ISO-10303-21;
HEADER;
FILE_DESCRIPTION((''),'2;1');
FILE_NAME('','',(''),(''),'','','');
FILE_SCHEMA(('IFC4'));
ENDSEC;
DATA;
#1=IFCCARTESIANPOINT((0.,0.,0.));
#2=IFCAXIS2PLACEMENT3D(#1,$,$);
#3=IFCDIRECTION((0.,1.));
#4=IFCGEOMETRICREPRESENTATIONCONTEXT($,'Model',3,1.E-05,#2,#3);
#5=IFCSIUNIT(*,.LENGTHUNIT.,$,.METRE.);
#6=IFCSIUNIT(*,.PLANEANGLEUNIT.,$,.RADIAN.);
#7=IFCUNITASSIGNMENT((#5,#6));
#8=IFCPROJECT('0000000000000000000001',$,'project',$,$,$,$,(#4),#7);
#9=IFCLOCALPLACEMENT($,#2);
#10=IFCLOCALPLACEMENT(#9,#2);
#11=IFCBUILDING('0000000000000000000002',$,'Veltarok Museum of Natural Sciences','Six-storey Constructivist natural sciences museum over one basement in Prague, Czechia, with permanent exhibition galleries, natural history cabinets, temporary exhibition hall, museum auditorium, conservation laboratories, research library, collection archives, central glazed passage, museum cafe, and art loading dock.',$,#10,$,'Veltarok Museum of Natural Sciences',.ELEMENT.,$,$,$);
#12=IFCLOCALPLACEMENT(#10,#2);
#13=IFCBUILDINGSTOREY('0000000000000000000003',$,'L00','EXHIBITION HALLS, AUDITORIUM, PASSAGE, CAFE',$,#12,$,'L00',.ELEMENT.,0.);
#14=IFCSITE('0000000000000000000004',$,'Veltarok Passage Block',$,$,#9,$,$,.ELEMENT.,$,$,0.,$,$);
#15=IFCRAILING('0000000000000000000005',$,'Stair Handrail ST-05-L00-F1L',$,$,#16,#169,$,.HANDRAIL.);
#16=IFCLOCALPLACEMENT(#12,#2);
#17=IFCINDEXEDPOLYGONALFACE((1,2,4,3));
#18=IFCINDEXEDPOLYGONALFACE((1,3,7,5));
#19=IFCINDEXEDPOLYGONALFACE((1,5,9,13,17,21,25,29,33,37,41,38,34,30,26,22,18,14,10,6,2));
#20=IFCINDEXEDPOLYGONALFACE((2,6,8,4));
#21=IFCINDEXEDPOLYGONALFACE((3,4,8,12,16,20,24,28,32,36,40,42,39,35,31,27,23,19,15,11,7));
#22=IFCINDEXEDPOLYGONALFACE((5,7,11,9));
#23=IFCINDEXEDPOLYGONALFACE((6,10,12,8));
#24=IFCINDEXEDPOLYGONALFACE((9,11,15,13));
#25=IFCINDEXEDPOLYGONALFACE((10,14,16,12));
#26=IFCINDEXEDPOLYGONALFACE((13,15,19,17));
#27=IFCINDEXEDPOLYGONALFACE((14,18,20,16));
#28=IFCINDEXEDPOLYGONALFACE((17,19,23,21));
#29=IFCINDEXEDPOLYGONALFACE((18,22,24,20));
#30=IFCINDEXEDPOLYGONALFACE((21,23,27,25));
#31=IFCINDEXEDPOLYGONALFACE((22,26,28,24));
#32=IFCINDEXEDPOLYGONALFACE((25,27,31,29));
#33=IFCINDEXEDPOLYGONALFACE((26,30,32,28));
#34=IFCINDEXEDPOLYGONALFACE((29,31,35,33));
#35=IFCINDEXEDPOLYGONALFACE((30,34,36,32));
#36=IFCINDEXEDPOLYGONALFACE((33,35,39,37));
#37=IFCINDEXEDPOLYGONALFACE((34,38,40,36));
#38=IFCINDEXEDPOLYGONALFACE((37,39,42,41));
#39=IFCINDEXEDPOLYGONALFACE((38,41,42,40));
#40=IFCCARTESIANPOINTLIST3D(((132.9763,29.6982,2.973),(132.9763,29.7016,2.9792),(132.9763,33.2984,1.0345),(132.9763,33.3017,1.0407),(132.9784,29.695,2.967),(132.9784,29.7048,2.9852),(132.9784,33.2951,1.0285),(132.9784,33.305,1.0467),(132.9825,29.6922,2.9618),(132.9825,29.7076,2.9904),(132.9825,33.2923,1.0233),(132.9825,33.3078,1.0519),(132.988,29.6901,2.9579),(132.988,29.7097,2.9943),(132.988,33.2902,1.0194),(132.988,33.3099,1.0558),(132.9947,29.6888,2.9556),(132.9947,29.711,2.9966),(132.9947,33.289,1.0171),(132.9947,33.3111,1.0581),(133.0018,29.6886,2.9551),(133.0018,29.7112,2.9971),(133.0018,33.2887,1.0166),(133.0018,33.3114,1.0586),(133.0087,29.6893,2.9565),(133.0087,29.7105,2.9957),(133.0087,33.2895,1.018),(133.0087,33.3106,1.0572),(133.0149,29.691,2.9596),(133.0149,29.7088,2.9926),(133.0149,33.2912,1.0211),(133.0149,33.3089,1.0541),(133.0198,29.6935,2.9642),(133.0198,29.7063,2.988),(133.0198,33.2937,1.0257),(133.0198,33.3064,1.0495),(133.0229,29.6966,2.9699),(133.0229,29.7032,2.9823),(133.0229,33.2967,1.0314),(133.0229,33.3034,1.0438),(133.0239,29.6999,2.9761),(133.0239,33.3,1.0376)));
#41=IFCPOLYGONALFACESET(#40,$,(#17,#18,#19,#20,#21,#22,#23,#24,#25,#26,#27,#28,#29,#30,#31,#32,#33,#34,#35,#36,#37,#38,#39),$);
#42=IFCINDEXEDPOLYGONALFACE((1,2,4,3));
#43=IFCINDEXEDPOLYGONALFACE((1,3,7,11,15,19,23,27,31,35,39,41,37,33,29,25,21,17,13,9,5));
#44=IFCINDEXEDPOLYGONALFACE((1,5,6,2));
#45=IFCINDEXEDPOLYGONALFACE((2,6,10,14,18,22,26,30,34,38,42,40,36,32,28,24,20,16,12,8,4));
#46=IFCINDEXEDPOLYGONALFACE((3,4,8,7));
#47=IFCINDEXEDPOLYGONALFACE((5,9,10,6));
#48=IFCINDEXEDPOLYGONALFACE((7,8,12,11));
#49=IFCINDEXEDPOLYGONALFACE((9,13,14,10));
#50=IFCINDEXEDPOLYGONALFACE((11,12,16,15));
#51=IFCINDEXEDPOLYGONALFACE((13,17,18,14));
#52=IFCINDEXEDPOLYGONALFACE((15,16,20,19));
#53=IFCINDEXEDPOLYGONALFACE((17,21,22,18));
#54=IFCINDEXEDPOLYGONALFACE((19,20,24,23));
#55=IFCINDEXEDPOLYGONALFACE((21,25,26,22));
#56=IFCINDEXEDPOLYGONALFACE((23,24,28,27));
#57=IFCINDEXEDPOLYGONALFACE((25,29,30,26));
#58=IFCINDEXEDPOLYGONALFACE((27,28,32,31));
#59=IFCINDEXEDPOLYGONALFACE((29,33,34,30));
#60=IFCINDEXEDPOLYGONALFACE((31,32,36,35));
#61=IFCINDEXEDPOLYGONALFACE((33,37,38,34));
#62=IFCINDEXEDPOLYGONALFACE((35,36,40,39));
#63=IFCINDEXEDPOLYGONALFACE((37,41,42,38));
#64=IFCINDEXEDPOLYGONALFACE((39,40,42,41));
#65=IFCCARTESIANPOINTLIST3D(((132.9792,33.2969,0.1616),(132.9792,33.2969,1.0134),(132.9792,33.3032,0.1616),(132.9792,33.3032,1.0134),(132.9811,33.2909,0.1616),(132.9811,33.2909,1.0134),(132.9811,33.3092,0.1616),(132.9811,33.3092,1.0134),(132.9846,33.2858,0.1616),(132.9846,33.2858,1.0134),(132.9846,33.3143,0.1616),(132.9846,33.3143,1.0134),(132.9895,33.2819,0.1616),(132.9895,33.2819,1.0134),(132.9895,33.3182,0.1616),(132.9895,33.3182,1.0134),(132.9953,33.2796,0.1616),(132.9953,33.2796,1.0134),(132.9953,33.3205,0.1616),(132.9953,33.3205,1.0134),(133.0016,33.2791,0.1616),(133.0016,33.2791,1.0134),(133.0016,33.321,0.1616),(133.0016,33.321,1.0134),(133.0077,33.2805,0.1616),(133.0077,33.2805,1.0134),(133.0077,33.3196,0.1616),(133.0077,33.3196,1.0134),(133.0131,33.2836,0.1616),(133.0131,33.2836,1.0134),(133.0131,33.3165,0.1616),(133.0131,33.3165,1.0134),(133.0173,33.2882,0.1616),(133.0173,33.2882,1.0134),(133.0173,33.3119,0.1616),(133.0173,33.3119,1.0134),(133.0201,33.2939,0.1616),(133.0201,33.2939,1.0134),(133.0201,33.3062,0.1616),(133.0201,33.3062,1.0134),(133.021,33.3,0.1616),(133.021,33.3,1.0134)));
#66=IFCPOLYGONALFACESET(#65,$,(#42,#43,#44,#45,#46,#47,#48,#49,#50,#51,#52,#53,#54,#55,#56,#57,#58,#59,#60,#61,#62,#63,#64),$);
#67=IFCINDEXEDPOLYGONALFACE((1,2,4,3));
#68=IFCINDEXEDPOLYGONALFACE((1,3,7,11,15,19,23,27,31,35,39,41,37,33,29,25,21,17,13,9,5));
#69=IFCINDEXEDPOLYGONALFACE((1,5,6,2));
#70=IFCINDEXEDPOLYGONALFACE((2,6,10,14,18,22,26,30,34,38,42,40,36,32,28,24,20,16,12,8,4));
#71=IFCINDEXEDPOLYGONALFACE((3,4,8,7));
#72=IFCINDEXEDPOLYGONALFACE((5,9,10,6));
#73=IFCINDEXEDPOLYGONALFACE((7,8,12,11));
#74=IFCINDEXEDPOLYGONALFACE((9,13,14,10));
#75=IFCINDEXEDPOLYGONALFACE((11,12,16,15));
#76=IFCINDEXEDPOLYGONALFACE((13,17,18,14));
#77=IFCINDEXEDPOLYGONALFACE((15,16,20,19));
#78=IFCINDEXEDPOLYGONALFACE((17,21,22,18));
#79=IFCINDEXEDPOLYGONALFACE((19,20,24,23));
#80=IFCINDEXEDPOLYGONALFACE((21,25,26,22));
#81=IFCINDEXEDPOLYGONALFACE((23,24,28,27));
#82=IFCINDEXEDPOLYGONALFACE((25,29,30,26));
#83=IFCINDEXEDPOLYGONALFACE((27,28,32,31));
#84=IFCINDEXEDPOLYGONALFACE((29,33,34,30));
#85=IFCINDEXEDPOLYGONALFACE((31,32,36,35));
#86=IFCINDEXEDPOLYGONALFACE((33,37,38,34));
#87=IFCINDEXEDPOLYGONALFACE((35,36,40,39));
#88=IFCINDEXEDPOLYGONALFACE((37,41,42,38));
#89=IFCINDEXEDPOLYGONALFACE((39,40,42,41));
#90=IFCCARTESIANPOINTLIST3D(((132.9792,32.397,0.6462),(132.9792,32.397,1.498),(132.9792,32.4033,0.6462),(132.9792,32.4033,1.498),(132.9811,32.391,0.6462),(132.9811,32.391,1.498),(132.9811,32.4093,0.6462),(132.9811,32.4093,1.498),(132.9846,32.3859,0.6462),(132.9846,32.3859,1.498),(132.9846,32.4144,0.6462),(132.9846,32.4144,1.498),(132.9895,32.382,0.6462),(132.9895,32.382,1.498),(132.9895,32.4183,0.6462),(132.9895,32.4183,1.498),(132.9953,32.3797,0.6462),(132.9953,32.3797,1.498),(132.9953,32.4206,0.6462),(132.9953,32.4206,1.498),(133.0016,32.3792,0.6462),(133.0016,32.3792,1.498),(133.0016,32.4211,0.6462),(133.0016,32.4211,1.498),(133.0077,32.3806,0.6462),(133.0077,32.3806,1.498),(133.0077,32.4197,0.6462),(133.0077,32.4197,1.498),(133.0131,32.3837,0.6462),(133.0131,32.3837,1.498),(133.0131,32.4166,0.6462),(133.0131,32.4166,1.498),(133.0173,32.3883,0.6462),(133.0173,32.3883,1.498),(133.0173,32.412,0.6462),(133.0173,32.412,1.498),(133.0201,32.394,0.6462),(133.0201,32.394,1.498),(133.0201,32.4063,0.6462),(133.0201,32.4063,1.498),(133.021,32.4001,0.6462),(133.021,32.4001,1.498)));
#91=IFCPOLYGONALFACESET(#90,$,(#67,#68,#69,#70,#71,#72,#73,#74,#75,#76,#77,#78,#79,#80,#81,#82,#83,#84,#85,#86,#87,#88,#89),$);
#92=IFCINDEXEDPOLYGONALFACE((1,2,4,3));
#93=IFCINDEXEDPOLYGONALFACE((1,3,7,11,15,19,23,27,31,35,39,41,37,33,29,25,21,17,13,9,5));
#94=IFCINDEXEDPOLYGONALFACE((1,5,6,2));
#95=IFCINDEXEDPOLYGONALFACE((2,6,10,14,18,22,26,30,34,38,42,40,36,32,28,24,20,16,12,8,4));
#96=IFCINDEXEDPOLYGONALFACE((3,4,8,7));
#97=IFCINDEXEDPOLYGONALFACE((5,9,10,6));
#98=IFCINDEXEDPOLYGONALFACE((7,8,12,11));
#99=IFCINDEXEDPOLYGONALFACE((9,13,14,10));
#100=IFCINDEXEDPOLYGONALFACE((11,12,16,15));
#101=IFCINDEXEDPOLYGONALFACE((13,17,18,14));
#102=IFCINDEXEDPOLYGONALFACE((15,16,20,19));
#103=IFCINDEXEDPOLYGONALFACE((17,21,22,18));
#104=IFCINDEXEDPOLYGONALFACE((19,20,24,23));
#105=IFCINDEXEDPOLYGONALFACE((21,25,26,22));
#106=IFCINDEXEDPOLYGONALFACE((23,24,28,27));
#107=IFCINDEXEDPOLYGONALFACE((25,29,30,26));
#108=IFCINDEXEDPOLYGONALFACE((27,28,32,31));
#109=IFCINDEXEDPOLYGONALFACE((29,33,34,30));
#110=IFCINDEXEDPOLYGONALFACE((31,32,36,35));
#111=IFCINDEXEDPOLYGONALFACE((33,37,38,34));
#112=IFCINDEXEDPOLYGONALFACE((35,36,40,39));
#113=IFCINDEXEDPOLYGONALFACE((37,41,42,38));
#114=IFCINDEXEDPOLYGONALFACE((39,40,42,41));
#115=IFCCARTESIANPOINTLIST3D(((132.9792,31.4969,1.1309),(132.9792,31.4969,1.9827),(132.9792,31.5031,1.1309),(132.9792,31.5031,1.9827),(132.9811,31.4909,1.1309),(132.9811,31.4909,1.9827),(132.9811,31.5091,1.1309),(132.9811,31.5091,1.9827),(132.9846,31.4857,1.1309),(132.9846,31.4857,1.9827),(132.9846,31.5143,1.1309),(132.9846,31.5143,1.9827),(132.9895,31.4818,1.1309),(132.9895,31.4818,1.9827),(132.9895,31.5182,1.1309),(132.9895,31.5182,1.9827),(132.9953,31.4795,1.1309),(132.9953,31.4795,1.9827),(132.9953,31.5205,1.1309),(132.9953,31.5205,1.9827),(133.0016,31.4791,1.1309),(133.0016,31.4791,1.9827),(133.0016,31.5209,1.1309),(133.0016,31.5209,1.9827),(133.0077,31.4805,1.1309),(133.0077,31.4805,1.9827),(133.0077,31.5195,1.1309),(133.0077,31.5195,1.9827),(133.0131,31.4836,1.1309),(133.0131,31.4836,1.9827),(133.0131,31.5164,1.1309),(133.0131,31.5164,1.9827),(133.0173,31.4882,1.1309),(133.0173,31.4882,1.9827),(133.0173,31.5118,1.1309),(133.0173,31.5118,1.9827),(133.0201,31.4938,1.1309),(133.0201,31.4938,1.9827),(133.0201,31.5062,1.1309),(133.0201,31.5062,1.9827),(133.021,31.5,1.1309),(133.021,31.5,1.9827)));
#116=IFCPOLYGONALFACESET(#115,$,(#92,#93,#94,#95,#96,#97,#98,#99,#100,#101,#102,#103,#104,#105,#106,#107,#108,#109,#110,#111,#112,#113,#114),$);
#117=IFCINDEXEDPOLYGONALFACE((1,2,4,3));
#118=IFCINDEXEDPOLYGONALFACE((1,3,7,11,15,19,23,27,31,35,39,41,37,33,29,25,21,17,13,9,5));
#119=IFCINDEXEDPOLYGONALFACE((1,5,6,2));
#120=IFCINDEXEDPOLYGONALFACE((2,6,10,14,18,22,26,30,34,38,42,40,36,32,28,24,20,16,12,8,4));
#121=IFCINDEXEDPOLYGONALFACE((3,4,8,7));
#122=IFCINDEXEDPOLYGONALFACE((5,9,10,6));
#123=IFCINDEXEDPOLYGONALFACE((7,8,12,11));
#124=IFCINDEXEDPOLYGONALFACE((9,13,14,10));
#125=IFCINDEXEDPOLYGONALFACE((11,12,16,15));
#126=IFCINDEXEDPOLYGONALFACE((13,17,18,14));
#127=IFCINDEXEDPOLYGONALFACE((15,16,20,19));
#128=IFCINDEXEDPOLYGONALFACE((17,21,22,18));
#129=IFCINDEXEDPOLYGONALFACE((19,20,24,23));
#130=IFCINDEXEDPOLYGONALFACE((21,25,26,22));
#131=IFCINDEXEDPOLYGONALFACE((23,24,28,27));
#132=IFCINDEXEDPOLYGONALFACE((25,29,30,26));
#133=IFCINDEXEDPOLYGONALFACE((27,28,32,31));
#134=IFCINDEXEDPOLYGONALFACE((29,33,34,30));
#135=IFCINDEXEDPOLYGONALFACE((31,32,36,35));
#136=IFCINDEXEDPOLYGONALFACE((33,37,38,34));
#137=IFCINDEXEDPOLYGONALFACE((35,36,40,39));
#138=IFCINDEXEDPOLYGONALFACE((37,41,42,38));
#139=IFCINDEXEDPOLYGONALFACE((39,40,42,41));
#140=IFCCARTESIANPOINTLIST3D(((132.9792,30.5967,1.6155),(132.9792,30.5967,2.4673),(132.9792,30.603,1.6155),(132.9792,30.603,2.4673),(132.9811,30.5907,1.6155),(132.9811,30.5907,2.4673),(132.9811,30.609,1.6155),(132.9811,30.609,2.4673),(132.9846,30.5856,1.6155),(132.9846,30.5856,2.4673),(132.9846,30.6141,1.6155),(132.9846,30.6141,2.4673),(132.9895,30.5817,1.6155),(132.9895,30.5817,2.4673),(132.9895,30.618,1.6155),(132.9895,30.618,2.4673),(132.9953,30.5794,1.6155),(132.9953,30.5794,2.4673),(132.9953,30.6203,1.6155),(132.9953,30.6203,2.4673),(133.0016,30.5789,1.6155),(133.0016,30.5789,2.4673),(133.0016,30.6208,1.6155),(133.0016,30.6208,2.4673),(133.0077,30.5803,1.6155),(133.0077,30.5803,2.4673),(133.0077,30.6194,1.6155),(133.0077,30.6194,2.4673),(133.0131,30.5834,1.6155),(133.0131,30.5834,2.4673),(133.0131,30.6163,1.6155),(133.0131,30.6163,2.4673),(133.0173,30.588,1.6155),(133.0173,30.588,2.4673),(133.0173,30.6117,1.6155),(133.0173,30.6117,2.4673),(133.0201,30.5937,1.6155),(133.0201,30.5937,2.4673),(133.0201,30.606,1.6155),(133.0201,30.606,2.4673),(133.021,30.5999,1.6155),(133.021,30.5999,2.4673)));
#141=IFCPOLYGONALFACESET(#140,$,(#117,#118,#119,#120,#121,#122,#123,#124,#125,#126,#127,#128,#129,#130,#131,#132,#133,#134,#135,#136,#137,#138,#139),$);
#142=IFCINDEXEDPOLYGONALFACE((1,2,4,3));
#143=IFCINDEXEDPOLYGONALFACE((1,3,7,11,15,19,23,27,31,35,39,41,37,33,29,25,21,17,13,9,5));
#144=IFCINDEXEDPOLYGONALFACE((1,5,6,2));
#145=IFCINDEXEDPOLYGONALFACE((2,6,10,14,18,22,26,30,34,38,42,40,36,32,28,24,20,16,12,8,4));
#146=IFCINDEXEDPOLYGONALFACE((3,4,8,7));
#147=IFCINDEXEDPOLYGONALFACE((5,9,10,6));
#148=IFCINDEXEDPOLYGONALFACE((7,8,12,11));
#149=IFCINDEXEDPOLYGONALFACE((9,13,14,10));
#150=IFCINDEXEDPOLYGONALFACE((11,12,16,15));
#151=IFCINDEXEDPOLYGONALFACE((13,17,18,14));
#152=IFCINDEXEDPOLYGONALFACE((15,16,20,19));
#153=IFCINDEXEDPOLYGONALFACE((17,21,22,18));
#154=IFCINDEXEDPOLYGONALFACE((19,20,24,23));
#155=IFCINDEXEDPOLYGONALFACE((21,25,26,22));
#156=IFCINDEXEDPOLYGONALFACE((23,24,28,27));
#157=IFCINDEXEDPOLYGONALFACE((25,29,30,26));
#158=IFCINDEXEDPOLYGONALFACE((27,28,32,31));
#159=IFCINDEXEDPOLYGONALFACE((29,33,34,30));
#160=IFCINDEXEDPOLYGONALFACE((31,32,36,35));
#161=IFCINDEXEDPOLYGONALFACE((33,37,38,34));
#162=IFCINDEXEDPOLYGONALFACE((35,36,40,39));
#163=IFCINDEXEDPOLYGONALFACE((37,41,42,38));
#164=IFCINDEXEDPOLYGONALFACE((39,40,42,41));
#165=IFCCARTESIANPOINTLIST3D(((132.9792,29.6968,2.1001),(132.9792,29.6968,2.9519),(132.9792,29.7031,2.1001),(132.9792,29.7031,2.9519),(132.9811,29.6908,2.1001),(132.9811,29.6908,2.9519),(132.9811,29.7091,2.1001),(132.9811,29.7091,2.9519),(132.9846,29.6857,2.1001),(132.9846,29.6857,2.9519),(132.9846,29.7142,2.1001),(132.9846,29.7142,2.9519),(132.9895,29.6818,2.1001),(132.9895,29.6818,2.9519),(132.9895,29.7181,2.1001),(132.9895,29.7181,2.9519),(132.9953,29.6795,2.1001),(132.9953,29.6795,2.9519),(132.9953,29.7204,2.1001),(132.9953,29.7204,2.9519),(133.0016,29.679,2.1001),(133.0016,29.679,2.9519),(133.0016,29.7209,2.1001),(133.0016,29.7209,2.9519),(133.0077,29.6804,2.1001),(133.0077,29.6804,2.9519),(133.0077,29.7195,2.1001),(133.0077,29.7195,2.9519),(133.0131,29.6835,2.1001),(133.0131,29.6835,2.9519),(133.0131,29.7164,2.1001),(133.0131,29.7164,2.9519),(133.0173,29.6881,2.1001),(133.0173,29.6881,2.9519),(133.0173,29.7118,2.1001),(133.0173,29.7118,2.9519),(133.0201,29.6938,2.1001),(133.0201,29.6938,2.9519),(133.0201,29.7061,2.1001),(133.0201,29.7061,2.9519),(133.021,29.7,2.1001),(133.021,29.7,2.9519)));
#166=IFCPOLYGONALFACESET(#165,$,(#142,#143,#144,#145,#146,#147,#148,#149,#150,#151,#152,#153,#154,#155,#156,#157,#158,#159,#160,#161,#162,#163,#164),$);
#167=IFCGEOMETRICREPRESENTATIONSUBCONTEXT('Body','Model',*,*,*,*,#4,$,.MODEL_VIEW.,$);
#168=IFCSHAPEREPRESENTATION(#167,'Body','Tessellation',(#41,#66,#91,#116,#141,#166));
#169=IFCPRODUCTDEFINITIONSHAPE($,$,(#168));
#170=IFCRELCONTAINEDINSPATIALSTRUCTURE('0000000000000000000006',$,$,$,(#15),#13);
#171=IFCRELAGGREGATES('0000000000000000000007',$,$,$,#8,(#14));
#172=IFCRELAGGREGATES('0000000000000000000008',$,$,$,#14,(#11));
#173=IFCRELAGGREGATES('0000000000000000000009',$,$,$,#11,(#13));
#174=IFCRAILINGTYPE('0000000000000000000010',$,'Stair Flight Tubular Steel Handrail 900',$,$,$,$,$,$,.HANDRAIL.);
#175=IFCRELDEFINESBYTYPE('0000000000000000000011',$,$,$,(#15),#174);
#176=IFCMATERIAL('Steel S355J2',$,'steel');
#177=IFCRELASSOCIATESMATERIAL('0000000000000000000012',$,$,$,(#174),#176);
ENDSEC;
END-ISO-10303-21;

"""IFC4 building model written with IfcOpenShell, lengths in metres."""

from ifc_helpers import new_model, si_unit, direction, frame, origin, origin_2d, place, context, subcontext, project, spatial, circle, extrude, material, type_object, element, save


model = new_model("IFC4")

# Units and contexts
model_context = context("Model", 3, precision=1e-05, world=origin(), true_north=direction((0.0, 1.0)))
body_context = subcontext(model_context, "Body", "Model", "MODEL_VIEW")
ifc_project = project(units=[si_unit("LENGTHUNIT", "METRE"), si_unit("PLANEANGLEUNIT", "RADIAN")], contexts=[model_context])

# Site, building, storey
site_placement = place(None, origin())
site = spatial("IfcSite", under=ifc_project, at=site_placement, Name="Veltarok Passage Block", CompositionType="ELEMENT", RefElevation=0.0)
building_placement = place(site_placement, origin())
building = spatial("IfcBuilding", under=site, at=building_placement, Name="Veltarok Museum of Natural Sciences", Description="Six-storey Constructivist natural sciences museum over one basement in Prague, Czechia, with permanent exhibition galleries, natural history cabinets, temporary exhibition hall, museum auditorium, conservation laboratories, research library, collection archives, central glazed passage, museum cafe, and art loading dock.", LongName="Veltarok Museum of Natural Sciences", CompositionType="ELEMENT")
storey_placement = place(building_placement, origin())
storey = spatial("IfcBuildingStorey", under=building, at=storey_placement, Name="L00", Description="EXHIBITION HALLS, AUDITORIUM, PASSAGE, CAFE", LongName="L00", CompositionType="ELEMENT", Elevation=0.0)

# Shared definitions
ifc_material_1 = material(Name="Steel S355J2", Category="steel")

# Railing
railing_type_1 = type_object("IfcRailingType", Name="Stair Flight Tubular Steel Handrail 900", PredefinedType="HANDRAIL", material=ifc_material_1)
railing_placement = place(storey_placement, frame((133.0, 33.3, 0.1616)))
element("IfcRailing", 1, at=railing_placement, inside=storey, type_object=railing_type_1, Name="Stair Handrail ST-05-L00-F1L", PredefinedType="HANDRAIL", context=body_context, shape_type="SweptSolid", body=[
    extrude(circle(Radius=0.0239, at=origin_2d()), frame((0.0, 0.0, 0.876), z_axis=(0.0, -0.880475, 0.474093), x_axis=(1.0, 0.0, 0.0)), (0.0, 0.0, 1.0), 4.0889),
    extrude(circle(Radius=0.021, at=origin_2d()), origin(), (0.0, 0.0, 1.0), 0.8518),
    extrude(circle(Radius=0.021, at=origin_2d()), frame((0.0, -0.8999, 0.4846)), (0.0, 0.0, 1.0), 0.8518),
    extrude(circle(Radius=0.021, at=origin_2d()), frame((0.0, -1.8, 0.9692)), (0.0, 0.0, 1.0), 0.8518),
    extrude(circle(Radius=0.021, at=origin_2d()), frame((0.0, -2.7002, 1.4539)), (0.0, 0.0, 1.0), 0.8518),
    extrude(circle(Radius=0.021, at=origin_2d()), frame((0.0, -3.6001, 1.9385)), (0.0, 0.0, 1.0), 0.8518),
])

save(model, "model.ifc")
